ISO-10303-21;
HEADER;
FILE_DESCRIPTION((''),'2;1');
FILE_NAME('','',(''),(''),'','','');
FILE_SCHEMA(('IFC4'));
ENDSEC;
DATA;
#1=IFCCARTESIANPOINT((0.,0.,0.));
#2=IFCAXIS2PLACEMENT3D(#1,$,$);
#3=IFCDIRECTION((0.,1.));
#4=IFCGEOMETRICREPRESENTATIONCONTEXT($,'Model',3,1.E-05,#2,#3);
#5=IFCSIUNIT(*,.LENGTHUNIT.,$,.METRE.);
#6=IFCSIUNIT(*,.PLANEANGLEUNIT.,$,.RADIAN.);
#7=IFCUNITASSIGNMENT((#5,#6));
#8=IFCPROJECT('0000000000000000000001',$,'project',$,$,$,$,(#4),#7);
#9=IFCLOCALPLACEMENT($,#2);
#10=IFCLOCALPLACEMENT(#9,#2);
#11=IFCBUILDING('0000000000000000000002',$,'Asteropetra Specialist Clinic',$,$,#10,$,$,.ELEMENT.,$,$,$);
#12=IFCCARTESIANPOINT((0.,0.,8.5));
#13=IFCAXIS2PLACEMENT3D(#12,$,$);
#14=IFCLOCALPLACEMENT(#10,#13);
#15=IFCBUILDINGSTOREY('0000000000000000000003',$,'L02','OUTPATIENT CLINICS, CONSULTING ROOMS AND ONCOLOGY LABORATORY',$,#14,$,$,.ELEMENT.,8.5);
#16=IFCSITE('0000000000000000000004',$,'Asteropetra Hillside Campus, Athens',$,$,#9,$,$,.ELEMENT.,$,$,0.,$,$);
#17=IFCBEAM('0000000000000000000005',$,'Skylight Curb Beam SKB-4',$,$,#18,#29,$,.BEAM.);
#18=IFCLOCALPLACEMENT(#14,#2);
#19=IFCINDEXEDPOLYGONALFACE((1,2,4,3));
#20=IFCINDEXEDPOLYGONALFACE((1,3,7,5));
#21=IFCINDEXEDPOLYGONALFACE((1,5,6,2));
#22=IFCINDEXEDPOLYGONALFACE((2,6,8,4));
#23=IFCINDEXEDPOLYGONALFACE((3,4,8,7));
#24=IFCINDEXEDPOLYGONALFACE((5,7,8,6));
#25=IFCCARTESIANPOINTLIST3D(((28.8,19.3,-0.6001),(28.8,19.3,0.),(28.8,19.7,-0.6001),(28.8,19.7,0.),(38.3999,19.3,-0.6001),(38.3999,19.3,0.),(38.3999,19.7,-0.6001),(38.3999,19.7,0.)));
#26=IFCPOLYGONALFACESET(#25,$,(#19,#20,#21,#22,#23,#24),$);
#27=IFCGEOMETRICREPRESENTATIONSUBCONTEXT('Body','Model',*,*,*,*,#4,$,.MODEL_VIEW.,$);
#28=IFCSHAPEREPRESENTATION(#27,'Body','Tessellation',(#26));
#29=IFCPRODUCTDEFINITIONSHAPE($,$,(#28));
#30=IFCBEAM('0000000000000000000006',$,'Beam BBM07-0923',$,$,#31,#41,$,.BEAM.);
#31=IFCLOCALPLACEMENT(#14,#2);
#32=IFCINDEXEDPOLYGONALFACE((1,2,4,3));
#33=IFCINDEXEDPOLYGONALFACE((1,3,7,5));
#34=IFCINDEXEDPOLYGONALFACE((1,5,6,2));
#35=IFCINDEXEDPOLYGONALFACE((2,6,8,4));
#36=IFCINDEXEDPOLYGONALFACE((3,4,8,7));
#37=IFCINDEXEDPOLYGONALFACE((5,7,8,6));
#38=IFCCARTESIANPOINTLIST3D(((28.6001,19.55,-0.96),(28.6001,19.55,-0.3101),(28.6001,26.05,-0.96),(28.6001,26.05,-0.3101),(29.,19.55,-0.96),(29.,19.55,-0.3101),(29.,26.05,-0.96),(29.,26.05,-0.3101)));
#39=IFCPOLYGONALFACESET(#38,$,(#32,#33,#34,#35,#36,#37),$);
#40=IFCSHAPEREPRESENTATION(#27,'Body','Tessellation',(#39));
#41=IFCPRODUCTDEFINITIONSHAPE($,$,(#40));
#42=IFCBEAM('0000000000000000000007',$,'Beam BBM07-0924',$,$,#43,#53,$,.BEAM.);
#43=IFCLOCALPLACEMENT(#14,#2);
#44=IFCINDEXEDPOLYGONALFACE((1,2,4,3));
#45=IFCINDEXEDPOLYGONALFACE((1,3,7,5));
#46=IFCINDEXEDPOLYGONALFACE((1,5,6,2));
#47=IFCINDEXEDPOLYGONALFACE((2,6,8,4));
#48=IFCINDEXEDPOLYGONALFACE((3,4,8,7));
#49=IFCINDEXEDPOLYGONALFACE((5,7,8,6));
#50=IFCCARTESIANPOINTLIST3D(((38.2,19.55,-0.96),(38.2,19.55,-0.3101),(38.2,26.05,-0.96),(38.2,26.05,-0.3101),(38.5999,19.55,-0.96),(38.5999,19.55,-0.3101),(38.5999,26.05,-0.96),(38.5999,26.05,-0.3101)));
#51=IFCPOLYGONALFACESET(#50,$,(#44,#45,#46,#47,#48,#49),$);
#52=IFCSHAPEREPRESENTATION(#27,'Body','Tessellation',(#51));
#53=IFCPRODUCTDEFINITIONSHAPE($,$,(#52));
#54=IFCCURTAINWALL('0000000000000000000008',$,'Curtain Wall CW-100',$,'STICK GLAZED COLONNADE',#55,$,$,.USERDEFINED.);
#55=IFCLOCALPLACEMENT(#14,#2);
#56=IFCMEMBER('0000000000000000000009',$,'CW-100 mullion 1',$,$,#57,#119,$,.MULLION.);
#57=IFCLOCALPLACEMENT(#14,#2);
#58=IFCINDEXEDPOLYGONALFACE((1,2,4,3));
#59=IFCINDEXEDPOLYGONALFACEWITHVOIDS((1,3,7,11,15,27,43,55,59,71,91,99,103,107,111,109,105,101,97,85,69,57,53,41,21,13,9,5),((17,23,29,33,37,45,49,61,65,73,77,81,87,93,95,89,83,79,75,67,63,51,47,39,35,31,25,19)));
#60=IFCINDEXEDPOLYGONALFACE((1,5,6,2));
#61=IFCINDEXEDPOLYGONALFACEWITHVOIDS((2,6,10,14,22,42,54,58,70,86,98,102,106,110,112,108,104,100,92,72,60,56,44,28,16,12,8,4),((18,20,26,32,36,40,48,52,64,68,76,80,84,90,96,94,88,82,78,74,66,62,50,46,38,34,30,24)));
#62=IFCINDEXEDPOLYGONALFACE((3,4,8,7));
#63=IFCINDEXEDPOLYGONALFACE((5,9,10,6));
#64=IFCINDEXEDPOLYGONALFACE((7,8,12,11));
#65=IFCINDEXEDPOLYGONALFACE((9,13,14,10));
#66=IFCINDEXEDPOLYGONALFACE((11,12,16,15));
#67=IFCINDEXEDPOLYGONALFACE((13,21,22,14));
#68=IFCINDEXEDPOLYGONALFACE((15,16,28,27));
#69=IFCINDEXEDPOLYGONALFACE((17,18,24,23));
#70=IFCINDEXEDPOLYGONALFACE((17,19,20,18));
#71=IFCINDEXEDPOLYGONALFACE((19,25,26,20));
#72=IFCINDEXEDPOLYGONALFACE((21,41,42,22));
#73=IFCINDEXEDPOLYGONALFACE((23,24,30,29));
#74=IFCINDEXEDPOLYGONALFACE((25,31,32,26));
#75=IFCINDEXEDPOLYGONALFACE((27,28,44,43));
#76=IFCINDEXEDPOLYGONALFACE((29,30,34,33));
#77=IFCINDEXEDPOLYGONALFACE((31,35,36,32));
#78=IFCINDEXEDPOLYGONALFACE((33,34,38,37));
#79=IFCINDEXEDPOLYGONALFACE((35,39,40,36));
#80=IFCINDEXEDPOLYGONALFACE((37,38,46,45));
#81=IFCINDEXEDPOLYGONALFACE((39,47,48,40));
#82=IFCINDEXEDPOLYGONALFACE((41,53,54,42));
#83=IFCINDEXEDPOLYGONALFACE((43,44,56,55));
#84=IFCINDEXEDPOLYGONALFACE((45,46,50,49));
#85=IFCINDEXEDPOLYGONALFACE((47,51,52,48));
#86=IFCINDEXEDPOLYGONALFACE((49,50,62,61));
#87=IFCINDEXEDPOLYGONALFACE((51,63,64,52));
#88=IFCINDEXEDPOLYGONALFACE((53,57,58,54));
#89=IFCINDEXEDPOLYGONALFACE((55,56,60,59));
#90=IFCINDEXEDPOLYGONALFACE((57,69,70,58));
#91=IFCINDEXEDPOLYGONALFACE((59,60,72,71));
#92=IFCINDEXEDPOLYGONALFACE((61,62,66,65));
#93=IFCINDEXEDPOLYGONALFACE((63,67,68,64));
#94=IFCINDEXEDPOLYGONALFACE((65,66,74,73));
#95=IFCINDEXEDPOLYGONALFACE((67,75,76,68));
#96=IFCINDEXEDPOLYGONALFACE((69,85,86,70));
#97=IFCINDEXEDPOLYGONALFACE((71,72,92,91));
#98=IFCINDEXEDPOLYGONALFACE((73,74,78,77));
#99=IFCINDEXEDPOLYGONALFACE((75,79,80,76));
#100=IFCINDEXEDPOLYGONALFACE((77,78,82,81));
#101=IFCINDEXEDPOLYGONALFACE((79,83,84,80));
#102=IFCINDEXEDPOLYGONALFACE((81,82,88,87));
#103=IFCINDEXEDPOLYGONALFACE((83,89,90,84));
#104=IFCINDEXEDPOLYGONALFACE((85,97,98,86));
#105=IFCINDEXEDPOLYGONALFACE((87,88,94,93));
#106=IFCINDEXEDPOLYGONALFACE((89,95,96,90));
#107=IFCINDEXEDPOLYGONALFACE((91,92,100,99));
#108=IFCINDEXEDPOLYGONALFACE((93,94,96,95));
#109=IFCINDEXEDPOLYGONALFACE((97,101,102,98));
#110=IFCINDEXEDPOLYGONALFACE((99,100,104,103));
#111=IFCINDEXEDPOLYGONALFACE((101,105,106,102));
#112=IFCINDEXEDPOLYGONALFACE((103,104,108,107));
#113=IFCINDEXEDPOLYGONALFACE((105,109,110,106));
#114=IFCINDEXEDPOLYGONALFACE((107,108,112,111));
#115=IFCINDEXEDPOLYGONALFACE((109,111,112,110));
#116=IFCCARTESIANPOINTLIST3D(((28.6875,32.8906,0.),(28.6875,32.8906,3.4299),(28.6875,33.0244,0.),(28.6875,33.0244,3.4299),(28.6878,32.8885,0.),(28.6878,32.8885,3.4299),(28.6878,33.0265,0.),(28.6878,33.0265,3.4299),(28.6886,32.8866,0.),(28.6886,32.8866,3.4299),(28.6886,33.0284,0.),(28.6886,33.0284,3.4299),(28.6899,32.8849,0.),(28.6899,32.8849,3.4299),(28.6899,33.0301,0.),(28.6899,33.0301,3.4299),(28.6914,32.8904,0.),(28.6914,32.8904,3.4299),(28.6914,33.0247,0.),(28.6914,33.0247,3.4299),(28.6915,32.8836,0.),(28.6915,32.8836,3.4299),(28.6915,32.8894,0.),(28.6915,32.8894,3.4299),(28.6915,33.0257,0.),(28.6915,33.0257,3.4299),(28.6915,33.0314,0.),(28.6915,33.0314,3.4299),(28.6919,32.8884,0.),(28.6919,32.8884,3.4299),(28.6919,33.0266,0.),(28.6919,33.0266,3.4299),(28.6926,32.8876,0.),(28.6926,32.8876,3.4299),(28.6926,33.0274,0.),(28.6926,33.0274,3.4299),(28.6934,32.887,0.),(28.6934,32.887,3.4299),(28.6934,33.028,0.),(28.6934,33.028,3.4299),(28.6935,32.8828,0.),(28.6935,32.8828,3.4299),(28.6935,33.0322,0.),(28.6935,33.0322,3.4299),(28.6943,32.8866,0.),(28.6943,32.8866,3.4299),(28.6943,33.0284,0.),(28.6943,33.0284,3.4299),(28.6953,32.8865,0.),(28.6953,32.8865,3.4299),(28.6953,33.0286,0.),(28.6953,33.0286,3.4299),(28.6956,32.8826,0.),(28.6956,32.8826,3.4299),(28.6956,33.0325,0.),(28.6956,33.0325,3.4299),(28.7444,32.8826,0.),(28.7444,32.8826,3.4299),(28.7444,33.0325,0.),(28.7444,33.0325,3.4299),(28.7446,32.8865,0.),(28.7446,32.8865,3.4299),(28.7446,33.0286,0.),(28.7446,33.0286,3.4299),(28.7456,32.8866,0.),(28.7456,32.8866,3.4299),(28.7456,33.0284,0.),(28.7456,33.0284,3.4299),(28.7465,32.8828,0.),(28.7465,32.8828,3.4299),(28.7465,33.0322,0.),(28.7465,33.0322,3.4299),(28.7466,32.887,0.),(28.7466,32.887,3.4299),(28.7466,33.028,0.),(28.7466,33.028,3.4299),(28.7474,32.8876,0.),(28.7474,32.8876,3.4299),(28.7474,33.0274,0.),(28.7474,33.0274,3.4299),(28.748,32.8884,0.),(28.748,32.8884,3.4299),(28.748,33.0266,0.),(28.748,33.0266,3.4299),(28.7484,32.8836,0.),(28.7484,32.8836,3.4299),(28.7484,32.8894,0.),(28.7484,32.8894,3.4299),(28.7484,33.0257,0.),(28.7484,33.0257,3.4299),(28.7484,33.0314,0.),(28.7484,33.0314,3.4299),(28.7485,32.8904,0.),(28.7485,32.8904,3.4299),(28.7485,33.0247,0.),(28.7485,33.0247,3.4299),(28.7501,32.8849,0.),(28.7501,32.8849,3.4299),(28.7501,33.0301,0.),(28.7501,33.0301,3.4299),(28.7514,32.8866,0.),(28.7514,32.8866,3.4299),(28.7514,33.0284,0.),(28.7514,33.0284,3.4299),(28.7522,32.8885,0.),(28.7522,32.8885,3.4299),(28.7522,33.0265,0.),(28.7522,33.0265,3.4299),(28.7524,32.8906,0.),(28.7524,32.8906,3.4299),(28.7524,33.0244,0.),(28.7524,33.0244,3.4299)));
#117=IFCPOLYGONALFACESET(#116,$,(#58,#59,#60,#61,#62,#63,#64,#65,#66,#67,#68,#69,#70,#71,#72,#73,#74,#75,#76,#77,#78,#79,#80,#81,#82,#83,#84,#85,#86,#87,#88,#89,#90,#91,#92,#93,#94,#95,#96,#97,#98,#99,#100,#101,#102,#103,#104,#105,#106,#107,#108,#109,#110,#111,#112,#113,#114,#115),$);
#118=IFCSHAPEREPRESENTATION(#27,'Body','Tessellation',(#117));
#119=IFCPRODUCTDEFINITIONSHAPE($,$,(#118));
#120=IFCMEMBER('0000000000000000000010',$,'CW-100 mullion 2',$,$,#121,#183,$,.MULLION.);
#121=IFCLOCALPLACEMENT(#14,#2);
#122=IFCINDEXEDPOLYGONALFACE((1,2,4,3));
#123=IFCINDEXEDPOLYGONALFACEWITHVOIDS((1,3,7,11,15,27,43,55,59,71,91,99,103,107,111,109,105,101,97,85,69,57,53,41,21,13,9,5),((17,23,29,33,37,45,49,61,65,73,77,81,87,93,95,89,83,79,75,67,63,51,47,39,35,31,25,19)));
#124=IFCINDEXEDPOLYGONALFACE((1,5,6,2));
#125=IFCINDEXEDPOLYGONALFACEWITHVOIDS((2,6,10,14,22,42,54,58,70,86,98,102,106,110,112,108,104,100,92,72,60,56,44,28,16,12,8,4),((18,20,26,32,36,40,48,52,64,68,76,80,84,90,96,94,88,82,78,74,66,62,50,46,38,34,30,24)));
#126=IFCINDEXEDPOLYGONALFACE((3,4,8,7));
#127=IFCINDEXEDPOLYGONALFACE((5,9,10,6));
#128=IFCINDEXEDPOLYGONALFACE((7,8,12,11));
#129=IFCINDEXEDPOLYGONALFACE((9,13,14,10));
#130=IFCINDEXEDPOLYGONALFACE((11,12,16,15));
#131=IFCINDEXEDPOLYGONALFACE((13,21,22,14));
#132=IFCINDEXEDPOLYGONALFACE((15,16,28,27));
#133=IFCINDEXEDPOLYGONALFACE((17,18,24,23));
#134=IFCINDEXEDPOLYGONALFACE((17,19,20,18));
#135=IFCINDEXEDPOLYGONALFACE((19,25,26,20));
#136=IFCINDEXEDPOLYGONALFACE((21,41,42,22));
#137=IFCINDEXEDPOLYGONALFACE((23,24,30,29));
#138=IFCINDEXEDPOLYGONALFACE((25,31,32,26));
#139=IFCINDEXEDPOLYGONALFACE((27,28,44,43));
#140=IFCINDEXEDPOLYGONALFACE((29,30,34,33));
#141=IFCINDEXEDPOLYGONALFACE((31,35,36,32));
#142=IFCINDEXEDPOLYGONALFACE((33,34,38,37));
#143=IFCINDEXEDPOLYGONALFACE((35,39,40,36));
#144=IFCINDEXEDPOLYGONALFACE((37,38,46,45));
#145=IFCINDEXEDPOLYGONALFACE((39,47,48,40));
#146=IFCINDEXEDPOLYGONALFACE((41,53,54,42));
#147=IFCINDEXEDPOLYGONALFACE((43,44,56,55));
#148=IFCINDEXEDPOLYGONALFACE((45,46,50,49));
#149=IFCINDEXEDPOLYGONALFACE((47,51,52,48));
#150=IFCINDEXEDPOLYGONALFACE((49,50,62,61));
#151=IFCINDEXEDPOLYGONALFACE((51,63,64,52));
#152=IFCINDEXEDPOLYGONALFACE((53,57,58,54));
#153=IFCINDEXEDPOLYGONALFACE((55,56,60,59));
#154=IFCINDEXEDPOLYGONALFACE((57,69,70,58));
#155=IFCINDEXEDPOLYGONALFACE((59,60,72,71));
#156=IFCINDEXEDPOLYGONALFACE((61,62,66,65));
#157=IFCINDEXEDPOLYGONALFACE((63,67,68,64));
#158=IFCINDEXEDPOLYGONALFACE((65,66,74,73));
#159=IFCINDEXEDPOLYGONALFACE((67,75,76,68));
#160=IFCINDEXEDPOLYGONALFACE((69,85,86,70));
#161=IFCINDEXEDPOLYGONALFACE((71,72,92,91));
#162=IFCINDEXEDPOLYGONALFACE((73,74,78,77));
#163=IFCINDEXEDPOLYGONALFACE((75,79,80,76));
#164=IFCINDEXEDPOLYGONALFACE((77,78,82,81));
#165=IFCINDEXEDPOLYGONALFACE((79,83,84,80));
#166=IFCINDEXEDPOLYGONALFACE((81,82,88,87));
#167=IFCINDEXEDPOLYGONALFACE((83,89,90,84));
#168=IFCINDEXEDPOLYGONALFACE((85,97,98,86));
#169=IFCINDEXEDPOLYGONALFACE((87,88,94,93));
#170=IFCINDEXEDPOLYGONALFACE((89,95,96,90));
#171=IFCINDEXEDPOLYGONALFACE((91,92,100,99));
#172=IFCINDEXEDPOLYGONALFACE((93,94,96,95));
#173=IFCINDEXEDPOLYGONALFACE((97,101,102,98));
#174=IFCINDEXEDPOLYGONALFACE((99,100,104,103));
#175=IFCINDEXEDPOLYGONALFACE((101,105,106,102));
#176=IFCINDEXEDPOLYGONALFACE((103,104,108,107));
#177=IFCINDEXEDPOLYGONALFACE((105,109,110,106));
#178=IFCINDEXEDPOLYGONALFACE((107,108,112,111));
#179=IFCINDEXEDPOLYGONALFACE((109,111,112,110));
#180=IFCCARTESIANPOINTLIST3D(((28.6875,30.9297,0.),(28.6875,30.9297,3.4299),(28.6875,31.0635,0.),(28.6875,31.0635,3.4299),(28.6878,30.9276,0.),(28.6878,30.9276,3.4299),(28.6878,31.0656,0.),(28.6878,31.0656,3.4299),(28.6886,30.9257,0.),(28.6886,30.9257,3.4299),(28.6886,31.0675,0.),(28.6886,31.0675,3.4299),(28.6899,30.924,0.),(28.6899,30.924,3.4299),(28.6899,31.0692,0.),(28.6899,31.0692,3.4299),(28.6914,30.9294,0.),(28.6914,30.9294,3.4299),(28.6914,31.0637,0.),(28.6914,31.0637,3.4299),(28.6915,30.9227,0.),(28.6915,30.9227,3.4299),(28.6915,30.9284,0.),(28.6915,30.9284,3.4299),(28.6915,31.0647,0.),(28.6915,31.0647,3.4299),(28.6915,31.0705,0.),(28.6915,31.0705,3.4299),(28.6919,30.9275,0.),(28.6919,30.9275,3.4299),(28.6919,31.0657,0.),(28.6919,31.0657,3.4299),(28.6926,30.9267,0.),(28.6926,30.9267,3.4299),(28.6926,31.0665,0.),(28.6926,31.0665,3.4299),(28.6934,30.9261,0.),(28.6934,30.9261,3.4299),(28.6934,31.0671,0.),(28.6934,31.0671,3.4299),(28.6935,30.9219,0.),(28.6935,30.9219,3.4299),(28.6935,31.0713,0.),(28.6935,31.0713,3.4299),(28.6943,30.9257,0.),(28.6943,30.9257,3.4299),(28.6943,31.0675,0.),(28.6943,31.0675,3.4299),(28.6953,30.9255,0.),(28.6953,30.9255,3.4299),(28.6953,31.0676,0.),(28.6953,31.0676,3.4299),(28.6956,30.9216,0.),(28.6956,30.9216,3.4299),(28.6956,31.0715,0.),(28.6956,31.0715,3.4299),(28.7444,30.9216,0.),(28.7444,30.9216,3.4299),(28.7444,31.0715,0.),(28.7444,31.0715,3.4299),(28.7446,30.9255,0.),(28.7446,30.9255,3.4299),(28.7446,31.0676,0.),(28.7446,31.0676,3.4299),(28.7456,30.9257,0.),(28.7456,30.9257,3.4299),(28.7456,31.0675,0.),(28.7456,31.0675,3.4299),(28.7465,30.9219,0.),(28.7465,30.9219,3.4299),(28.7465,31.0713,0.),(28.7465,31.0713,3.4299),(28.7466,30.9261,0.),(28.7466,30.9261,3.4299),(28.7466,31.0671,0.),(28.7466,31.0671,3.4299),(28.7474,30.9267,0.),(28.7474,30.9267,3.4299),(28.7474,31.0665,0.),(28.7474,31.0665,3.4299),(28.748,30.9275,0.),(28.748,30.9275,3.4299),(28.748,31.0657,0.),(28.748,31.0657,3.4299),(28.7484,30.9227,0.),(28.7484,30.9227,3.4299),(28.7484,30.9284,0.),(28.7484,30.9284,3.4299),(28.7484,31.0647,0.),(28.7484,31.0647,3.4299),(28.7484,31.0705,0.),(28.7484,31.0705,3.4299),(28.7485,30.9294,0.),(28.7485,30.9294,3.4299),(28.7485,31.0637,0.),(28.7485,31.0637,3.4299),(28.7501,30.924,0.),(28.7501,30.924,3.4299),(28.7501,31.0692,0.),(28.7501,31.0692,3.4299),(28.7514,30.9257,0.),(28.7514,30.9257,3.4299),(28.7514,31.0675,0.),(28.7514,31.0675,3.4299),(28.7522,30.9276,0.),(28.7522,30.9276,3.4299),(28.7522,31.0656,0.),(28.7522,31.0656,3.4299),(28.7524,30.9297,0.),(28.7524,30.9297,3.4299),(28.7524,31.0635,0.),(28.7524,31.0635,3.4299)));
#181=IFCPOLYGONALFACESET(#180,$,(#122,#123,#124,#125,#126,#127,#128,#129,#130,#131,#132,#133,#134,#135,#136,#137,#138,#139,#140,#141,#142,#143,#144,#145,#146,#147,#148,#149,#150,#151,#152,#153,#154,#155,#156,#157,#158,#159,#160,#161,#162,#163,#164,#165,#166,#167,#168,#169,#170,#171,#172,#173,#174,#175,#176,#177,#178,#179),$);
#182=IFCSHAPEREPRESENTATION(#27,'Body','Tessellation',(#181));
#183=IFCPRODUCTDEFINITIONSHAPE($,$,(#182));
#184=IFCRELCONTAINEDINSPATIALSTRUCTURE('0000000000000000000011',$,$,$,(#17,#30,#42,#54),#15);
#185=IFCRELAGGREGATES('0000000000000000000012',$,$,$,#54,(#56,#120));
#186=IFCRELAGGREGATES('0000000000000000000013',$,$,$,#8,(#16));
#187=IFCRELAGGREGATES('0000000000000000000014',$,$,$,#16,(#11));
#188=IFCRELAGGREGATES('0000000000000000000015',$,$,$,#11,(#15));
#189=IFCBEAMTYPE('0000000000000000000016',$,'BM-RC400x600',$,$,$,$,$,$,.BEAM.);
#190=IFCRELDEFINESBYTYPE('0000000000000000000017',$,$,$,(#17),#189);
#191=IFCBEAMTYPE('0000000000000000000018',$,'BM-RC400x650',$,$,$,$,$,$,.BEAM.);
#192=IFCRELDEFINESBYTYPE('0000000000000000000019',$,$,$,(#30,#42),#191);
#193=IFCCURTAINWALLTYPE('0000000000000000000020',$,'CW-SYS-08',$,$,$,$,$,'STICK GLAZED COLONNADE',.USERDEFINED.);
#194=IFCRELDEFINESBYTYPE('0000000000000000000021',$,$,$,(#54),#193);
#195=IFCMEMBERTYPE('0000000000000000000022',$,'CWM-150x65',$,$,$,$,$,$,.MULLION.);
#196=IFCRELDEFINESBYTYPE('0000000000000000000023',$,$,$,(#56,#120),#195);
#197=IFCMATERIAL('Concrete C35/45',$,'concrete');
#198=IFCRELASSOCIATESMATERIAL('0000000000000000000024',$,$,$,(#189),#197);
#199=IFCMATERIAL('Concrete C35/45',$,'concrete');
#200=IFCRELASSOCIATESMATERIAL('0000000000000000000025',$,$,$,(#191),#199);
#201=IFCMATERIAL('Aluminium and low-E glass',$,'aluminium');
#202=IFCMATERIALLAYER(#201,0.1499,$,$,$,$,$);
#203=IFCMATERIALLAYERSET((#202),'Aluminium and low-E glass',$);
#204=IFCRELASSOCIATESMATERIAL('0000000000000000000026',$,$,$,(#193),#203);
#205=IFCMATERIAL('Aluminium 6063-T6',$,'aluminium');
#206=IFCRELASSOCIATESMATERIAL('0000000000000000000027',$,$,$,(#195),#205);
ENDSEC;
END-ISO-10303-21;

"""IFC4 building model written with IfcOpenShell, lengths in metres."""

from ifc_helpers import new_model, si_unit, direction, frame, origin, origin_2d, place, context, subcontext, project, spatial, rectangle, hollow_rectangle, extrude, material, layer, layer_set, material_profile, profile_set, type_object, element, aggregate, save


model = new_model("IFC4")

# Units and contexts
model_context = context("Model", 3, precision=1e-05, world=origin(), true_north=direction((0.0, 1.0)))
body_context = subcontext(model_context, "Body", "Model", "MODEL_VIEW")
ifc_project = project(units=[si_unit("LENGTHUNIT", "METRE"), si_unit("PLANEANGLEUNIT", "RADIAN")], contexts=[model_context])

# Site, building, storey
site_placement = place(None, origin())
site = spatial("IfcSite", under=ifc_project, at=site_placement, Name="Asteropetra Hillside Campus, Athens", CompositionType="ELEMENT", RefElevation=0.0)
building_placement = place(site_placement, origin())
building = spatial("IfcBuilding", under=site, at=building_placement, Name="Asteropetra Specialist Clinic", CompositionType="ELEMENT")
storey_placement = place(building_placement, frame((0.0, 0.0, 8.5)))
storey = spatial("IfcBuildingStorey", under=building, at=storey_placement, Name="L02", Description="OUTPATIENT CLINICS, CONSULTING ROOMS AND ONCOLOGY LABORATORY", CompositionType="ELEMENT", Elevation=8.5)

# Beams
ifc_material_1 = material(Name="Concrete C35/45", Category="concrete")
ifc_material_profile_1 = material_profile(ifc_material_1, rectangle(XDim=0.3999, YDim=0.6001, at=origin_2d()), Name="RCB 400x600")
ifc_profile_set_1 = profile_set([ifc_material_profile_1], Name="Concrete C35/45")
beam_type_1 = type_object("IfcBeamType", Name="BM-RC400x600", PredefinedType="BEAM", material=ifc_profile_set_1)
beam_1_placement = place(storey_placement, frame((28.8, 19.5, -0.3), z_axis=(1.0, 0.0, 0.0), x_axis=(0.0, 1.0, 0.0)))
element("IfcBeam", 1, at=beam_1_placement, inside=storey, type_object=beam_type_1, Name="Skylight Curb Beam SKB-4", PredefinedType="BEAM", context=body_context, shape_type="SweptSolid", body=[
    extrude(rectangle(XDim=0.3999, YDim=0.6001, at=origin_2d()), origin(), (0.0, 0.0, 1.0), 9.5999),
])
ifc_material_2 = material(Name="Concrete C35/45", Category="concrete")
ifc_material_profile_2 = material_profile(ifc_material_2, rectangle(XDim=0.3999, YDim=0.6499, at=origin_2d()), Name="RCB 400x650")
ifc_profile_set_2 = profile_set([ifc_material_profile_2], Name="Concrete C35/45")
beam_type_2 = type_object("IfcBeamType", Name="BM-RC400x650", PredefinedType="BEAM", material=ifc_profile_set_2)
for number, where, z_axis, x_axis, name in (
    (2, (28.8, 19.55, -0.635), (0.0, 1.0, 0.0), (-1.0, 0.0, 0.0), "Beam BBM07-0923"),
    (3, (38.3999, 19.55, -0.635), (0.0, 1.0, 0.0), (-1.0, 0.0, 0.0), "Beam BBM07-0924"),
):
    element("IfcBeam", number, at=place(storey_placement, frame(where, z_axis=z_axis, x_axis=x_axis)), inside=storey, type_object=beam_type_2, Name=name, PredefinedType="BEAM", context=body_context, shape_type="SweptSolid", body=[
        extrude(rectangle(XDim=0.3999, YDim=0.6499, at=origin_2d()), origin(), (0.0, 0.0, 1.0), 6.5),
    ])

# Curtain wall, members
ifc_material_3 = material(Name="Aluminium and low-E glass", Category="aluminium")
ifc_layer_1 = layer(ifc_material_3, 0.1499)
ifc_layer_set_1 = layer_set([ifc_layer_1], Name="Aluminium and low-E glass")
curtain_wall_type = type_object("IfcCurtainWallType", Name="CW-SYS-08", ElementType="STICK GLAZED COLONNADE", PredefinedType="USERDEFINED", material=ifc_layer_set_1)
curtain_wall_placement = place(storey_placement, origin())
curtain_wall = element("IfcCurtainWall", 4, at=curtain_wall_placement, inside=storey, type_object=curtain_wall_type, Name="Curtain Wall CW-100", ObjectType="STICK GLAZED COLONNADE", PredefinedType="USERDEFINED")
ifc_material_4 = material(Name="Aluminium 6063-T6", Category="aluminium")
ifc_material_profile_3 = material_profile(ifc_material_4, hollow_rectangle(XDim=0.0649, YDim=0.1499, WallThickness=0.0039, InnerFilletRadius=0.0039, OuterFilletRadius=0.0081, at=origin_2d()), Name="MUL 150x65x4.0")
ifc_profile_set_3 = profile_set([ifc_material_profile_3], Name="Aluminium 6063-T6")
member_type_1 = type_object("IfcMemberType", Name="CWM-150x65", PredefinedType="MULLION", material=ifc_profile_set_3)
member_1_placement = place(storey_placement, frame((28.72, 32.9575, 0.0), z_axis=(0.0, 0.0, 1.0), x_axis=(1.0, 0.0, 0.0)))
member_1 = element("IfcMember", 5, at=member_1_placement, type_object=member_type_1, Name="CW-100 mullion 1", PredefinedType="MULLION", context=body_context, shape_type="SweptSolid", body=[
    extrude(hollow_rectangle(XDim=0.0649, YDim=0.1499, WallThickness=0.0039, InnerFilletRadius=0.0039, OuterFilletRadius=0.0081, at=origin_2d()), origin(), (0.0, 0.0, 1.0), 3.4299),
])
member_2_placement = place(storey_placement, frame((28.72, 30.9966, 0.0), z_axis=(0.0, 0.0, 1.0), x_axis=(1.0, 0.0, 0.0)))
member_2 = element("IfcMember", 6, at=member_2_placement, type_object=member_type_1, Name="CW-100 mullion 2", PredefinedType="MULLION", context=body_context, shape_type="SweptSolid", body=[
    extrude(hollow_rectangle(XDim=0.0649, YDim=0.1499, WallThickness=0.0039, InnerFilletRadius=0.0039, OuterFilletRadius=0.0081, at=origin_2d()), origin(), (0.0, 0.0, 1.0), 3.4299),
])

aggregate(curtain_wall, [member_1, member_2])

save(model, "model.ifc")
